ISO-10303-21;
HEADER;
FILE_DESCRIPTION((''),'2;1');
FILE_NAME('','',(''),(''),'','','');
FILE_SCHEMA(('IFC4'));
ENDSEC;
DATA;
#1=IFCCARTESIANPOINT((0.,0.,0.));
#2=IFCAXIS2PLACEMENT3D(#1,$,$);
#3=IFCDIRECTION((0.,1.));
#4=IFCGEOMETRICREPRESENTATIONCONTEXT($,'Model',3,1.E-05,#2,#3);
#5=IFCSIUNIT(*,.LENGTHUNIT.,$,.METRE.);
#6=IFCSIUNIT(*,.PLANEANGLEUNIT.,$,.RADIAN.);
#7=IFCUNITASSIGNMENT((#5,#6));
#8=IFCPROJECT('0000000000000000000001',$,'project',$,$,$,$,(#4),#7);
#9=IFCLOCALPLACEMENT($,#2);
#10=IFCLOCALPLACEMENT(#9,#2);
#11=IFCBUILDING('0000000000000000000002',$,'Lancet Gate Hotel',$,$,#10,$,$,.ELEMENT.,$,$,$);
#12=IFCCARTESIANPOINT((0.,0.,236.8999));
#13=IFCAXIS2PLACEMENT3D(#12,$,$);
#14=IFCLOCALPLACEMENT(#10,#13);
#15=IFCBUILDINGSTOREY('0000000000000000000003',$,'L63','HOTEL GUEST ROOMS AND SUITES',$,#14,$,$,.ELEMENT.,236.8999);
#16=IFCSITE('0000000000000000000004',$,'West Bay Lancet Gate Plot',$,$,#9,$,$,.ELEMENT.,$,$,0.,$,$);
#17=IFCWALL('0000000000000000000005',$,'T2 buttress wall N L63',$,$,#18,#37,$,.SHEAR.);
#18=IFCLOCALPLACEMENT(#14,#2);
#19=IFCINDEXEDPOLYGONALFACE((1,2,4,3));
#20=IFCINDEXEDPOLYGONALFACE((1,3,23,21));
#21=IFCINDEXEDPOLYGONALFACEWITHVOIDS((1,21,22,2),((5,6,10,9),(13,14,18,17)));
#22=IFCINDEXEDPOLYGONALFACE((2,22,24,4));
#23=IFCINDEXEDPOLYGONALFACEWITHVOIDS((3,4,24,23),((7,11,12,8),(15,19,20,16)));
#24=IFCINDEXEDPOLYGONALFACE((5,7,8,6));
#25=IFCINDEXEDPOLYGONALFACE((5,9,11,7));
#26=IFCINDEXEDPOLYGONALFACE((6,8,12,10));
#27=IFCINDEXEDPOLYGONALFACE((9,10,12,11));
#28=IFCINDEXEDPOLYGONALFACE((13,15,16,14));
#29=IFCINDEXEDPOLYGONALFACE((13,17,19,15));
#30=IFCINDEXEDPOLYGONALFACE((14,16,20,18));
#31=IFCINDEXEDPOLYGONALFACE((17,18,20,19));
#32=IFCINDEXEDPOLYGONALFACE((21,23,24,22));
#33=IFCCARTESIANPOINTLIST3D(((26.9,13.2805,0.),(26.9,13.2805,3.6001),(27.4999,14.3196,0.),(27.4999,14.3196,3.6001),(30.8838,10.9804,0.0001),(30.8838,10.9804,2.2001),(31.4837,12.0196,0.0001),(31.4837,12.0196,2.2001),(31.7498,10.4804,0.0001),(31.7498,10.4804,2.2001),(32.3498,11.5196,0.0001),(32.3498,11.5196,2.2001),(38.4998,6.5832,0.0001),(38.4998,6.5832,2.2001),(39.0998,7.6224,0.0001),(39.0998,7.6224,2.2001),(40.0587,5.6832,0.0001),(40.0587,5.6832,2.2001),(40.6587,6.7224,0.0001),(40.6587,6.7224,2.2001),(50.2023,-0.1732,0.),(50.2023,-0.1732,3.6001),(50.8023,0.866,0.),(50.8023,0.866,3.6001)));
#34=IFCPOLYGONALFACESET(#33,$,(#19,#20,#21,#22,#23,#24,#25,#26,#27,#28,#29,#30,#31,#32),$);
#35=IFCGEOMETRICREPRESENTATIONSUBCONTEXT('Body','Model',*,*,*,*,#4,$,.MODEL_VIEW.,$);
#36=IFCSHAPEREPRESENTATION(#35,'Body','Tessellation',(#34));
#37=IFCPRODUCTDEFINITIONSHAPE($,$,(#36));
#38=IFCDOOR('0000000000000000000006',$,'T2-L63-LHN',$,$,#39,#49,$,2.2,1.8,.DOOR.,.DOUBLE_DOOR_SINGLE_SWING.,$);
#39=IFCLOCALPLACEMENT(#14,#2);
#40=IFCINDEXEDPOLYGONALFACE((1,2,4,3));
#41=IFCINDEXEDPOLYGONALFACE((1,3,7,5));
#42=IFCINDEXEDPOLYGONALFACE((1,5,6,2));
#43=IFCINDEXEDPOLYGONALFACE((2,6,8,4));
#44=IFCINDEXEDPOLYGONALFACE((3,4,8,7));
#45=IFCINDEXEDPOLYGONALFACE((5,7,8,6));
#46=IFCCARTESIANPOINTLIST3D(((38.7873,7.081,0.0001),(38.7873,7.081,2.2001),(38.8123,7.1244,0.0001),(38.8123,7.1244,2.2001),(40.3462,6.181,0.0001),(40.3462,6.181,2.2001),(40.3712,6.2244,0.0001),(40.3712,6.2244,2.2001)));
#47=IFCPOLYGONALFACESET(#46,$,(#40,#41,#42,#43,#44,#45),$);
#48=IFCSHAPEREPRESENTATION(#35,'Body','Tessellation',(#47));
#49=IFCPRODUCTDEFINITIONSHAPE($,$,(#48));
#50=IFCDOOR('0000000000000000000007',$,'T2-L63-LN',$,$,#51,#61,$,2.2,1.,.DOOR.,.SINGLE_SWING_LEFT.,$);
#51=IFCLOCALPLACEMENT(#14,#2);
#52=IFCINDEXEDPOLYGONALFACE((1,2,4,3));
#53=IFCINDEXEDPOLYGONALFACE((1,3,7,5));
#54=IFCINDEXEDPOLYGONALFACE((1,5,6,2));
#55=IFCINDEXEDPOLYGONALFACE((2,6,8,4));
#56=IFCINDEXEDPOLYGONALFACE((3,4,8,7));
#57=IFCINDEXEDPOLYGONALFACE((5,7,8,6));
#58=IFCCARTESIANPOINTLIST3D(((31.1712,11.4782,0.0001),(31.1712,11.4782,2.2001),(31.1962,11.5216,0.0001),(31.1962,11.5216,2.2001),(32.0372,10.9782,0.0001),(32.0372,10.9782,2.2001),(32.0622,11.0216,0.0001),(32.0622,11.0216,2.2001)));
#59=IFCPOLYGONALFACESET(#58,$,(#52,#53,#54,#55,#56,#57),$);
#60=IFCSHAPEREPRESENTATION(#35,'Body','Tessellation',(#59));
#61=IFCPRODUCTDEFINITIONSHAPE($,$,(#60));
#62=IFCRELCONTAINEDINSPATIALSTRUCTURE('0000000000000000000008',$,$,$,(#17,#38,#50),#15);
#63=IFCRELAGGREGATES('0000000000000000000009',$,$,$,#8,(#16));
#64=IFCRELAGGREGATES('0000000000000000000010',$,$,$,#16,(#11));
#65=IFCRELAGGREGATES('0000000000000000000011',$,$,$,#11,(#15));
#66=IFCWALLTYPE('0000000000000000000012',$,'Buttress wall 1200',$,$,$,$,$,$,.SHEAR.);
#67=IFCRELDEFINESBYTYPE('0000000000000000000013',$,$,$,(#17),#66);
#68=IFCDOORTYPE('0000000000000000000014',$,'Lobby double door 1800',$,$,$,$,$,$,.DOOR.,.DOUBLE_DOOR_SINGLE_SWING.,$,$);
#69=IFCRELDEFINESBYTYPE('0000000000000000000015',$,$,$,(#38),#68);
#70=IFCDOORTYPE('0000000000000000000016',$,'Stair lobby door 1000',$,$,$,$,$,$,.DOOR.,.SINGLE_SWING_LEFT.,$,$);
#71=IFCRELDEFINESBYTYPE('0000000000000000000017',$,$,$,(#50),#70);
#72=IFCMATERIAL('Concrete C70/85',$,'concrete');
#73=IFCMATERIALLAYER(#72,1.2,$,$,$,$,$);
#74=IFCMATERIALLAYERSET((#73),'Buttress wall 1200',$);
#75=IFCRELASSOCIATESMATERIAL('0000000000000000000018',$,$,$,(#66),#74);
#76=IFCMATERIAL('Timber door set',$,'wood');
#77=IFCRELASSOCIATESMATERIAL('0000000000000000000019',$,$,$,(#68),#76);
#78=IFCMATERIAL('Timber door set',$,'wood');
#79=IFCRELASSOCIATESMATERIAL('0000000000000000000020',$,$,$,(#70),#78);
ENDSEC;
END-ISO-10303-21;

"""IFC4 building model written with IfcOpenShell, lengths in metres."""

from ifc_helpers import new_model, si_unit, direction, frame, frame_2d, origin, place, context, subcontext, project, spatial, rectangle, extrude, material, layer, layer_set, type_object, element, fill, save


model = new_model("IFC4")

# Units and contexts
model_context = context("Model", 3, precision=1e-05, world=origin(), true_north=direction((0.0, 1.0)))
body_context = subcontext(model_context, "Body", "Model", "MODEL_VIEW")
ifc_project = project(units=[si_unit("LENGTHUNIT", "METRE"), si_unit("PLANEANGLEUNIT", "RADIAN")], contexts=[model_context])

# Site, building, storey
site_placement = place(None, origin())
site = spatial("IfcSite", under=ifc_project, at=site_placement, Name="West Bay Lancet Gate Plot", CompositionType="ELEMENT", RefElevation=0.0)
building_placement = place(site_placement, origin())
building = spatial("IfcBuilding", under=site, at=building_placement, Name="Lancet Gate Hotel", CompositionType="ELEMENT")
storey_placement = place(building_placement, frame((0.0, 0.0, 236.8999)))
storey = spatial("IfcBuildingStorey", under=building, at=storey_placement, Name="L63", Description="HOTEL GUEST ROOMS AND SUITES", CompositionType="ELEMENT", Elevation=236.8999)

# Wall, openings, doors
ifc_material_1 = material(Name="Concrete C70/85", Category="concrete")
ifc_layer_1 = layer(ifc_material_1, 1.2)
ifc_layer_set_1 = layer_set([ifc_layer_1], Name="Buttress wall 1200")
wall_type = type_object("IfcWallType", Name="Buttress wall 1200", PredefinedType="SHEAR", material=ifc_layer_set_1)
wall_placement = place(storey_placement, frame((27.2, 13.8, 0.0), z_axis=(0.0, 0.0, 1.0), x_axis=(0.866025, -0.500002, 0.0)))
wall = element("IfcWall", 1, at=wall_placement, inside=storey, type_object=wall_type, Name="T2 buttress wall N L63", PredefinedType="SHEAR", context=body_context, shape_type="SweptSolid", body=[
    extrude(rectangle(XDim=26.9072, YDim=1.2, at=frame_2d((13.4536, 0.0))), origin(), (0.0, 0.0, 1.0), 3.6001),
])
opening_1_placement = place(wall_placement, frame((4.6001, 0.0, 0.0)))
opening_1 = element("IfcOpeningElement", 2, at=opening_1_placement, cuts=wall, PredefinedType="OPENING", context=body_context, shape_type="SweptSolid", body=[
    extrude(rectangle(XDim=1.0, YDim=2.2, at=frame_2d((0.5, 1.1001))), frame((0.0, 0.6099, 0.0), z_axis=(0.0, -1.0, 0.0), x_axis=(1.0, 0.0, 0.0)), (0.0, 0.0, 1.0), 1.22),
])
opening_2_placement = place(wall_placement, frame((13.3945, 0.0, 0.0)))
opening_2 = element("IfcOpeningElement", 3, at=opening_2_placement, cuts=wall, PredefinedType="OPENING", context=body_context, shape_type="SweptSolid", body=[
    extrude(rectangle(XDim=1.8, YDim=2.2, at=frame_2d((0.8999, 1.1001))), frame((0.0, 0.6099, 0.0), z_axis=(0.0, -1.0, 0.0), x_axis=(1.0, 0.0, 0.0)), (0.0, 0.0, 1.0), 1.22),
])
ifc_material_2 = material(Name="Timber door set", Category="wood")
door_type_1 = type_object("IfcDoorType", Name="Lobby double door 1800", OperationType="DOUBLE_DOOR_SINGLE_SWING", PredefinedType="DOOR", material=ifc_material_2)
door_1_placement = place(opening_2_placement, origin())
door_1 = element("IfcDoor", 4, at=door_1_placement, inside=storey, type_object=door_type_1, Name="T2-L63-LHN", OperationType="DOUBLE_DOOR_SINGLE_SWING", OverallHeight=2.2, OverallWidth=1.8, PredefinedType="DOOR", context=body_context, shape_type="SweptSolid", body=[
    extrude(rectangle(XDim=1.8, YDim=2.2, at=frame_2d((0.8999, 1.1001))), frame((0.0, 0.0249, 0.0), z_axis=(0.0, -1.0, 0.0), x_axis=(1.0, 0.0, 0.0)), (0.0, 0.0, 1.0), 0.05),
])
fill(opening_2, door_1)
ifc_material_3 = material(Name="Timber door set", Category="wood")
door_type_2 = type_object("IfcDoorType", Name="Stair lobby door 1000", OperationType="SINGLE_SWING_LEFT", PredefinedType="DOOR", material=ifc_material_3)
door_2_placement = place(opening_1_placement, origin())
door_2 = element("IfcDoor", 5, at=door_2_placement, inside=storey, type_object=door_type_2, Name="T2-L63-LN", OperationType="SINGLE_SWING_LEFT", OverallHeight=2.2, OverallWidth=1.0, PredefinedType="DOOR", context=body_context, shape_type="SweptSolid", body=[
    extrude(rectangle(XDim=1.0, YDim=2.2, at=frame_2d((0.5, 1.1001))), frame((0.0, 0.0249, 0.0), z_axis=(0.0, -1.0, 0.0), x_axis=(1.0, 0.0, 0.0)), (0.0, 0.0, 1.0), 0.05),
])
fill(opening_1, door_2)

save(model, "model.ifc")
